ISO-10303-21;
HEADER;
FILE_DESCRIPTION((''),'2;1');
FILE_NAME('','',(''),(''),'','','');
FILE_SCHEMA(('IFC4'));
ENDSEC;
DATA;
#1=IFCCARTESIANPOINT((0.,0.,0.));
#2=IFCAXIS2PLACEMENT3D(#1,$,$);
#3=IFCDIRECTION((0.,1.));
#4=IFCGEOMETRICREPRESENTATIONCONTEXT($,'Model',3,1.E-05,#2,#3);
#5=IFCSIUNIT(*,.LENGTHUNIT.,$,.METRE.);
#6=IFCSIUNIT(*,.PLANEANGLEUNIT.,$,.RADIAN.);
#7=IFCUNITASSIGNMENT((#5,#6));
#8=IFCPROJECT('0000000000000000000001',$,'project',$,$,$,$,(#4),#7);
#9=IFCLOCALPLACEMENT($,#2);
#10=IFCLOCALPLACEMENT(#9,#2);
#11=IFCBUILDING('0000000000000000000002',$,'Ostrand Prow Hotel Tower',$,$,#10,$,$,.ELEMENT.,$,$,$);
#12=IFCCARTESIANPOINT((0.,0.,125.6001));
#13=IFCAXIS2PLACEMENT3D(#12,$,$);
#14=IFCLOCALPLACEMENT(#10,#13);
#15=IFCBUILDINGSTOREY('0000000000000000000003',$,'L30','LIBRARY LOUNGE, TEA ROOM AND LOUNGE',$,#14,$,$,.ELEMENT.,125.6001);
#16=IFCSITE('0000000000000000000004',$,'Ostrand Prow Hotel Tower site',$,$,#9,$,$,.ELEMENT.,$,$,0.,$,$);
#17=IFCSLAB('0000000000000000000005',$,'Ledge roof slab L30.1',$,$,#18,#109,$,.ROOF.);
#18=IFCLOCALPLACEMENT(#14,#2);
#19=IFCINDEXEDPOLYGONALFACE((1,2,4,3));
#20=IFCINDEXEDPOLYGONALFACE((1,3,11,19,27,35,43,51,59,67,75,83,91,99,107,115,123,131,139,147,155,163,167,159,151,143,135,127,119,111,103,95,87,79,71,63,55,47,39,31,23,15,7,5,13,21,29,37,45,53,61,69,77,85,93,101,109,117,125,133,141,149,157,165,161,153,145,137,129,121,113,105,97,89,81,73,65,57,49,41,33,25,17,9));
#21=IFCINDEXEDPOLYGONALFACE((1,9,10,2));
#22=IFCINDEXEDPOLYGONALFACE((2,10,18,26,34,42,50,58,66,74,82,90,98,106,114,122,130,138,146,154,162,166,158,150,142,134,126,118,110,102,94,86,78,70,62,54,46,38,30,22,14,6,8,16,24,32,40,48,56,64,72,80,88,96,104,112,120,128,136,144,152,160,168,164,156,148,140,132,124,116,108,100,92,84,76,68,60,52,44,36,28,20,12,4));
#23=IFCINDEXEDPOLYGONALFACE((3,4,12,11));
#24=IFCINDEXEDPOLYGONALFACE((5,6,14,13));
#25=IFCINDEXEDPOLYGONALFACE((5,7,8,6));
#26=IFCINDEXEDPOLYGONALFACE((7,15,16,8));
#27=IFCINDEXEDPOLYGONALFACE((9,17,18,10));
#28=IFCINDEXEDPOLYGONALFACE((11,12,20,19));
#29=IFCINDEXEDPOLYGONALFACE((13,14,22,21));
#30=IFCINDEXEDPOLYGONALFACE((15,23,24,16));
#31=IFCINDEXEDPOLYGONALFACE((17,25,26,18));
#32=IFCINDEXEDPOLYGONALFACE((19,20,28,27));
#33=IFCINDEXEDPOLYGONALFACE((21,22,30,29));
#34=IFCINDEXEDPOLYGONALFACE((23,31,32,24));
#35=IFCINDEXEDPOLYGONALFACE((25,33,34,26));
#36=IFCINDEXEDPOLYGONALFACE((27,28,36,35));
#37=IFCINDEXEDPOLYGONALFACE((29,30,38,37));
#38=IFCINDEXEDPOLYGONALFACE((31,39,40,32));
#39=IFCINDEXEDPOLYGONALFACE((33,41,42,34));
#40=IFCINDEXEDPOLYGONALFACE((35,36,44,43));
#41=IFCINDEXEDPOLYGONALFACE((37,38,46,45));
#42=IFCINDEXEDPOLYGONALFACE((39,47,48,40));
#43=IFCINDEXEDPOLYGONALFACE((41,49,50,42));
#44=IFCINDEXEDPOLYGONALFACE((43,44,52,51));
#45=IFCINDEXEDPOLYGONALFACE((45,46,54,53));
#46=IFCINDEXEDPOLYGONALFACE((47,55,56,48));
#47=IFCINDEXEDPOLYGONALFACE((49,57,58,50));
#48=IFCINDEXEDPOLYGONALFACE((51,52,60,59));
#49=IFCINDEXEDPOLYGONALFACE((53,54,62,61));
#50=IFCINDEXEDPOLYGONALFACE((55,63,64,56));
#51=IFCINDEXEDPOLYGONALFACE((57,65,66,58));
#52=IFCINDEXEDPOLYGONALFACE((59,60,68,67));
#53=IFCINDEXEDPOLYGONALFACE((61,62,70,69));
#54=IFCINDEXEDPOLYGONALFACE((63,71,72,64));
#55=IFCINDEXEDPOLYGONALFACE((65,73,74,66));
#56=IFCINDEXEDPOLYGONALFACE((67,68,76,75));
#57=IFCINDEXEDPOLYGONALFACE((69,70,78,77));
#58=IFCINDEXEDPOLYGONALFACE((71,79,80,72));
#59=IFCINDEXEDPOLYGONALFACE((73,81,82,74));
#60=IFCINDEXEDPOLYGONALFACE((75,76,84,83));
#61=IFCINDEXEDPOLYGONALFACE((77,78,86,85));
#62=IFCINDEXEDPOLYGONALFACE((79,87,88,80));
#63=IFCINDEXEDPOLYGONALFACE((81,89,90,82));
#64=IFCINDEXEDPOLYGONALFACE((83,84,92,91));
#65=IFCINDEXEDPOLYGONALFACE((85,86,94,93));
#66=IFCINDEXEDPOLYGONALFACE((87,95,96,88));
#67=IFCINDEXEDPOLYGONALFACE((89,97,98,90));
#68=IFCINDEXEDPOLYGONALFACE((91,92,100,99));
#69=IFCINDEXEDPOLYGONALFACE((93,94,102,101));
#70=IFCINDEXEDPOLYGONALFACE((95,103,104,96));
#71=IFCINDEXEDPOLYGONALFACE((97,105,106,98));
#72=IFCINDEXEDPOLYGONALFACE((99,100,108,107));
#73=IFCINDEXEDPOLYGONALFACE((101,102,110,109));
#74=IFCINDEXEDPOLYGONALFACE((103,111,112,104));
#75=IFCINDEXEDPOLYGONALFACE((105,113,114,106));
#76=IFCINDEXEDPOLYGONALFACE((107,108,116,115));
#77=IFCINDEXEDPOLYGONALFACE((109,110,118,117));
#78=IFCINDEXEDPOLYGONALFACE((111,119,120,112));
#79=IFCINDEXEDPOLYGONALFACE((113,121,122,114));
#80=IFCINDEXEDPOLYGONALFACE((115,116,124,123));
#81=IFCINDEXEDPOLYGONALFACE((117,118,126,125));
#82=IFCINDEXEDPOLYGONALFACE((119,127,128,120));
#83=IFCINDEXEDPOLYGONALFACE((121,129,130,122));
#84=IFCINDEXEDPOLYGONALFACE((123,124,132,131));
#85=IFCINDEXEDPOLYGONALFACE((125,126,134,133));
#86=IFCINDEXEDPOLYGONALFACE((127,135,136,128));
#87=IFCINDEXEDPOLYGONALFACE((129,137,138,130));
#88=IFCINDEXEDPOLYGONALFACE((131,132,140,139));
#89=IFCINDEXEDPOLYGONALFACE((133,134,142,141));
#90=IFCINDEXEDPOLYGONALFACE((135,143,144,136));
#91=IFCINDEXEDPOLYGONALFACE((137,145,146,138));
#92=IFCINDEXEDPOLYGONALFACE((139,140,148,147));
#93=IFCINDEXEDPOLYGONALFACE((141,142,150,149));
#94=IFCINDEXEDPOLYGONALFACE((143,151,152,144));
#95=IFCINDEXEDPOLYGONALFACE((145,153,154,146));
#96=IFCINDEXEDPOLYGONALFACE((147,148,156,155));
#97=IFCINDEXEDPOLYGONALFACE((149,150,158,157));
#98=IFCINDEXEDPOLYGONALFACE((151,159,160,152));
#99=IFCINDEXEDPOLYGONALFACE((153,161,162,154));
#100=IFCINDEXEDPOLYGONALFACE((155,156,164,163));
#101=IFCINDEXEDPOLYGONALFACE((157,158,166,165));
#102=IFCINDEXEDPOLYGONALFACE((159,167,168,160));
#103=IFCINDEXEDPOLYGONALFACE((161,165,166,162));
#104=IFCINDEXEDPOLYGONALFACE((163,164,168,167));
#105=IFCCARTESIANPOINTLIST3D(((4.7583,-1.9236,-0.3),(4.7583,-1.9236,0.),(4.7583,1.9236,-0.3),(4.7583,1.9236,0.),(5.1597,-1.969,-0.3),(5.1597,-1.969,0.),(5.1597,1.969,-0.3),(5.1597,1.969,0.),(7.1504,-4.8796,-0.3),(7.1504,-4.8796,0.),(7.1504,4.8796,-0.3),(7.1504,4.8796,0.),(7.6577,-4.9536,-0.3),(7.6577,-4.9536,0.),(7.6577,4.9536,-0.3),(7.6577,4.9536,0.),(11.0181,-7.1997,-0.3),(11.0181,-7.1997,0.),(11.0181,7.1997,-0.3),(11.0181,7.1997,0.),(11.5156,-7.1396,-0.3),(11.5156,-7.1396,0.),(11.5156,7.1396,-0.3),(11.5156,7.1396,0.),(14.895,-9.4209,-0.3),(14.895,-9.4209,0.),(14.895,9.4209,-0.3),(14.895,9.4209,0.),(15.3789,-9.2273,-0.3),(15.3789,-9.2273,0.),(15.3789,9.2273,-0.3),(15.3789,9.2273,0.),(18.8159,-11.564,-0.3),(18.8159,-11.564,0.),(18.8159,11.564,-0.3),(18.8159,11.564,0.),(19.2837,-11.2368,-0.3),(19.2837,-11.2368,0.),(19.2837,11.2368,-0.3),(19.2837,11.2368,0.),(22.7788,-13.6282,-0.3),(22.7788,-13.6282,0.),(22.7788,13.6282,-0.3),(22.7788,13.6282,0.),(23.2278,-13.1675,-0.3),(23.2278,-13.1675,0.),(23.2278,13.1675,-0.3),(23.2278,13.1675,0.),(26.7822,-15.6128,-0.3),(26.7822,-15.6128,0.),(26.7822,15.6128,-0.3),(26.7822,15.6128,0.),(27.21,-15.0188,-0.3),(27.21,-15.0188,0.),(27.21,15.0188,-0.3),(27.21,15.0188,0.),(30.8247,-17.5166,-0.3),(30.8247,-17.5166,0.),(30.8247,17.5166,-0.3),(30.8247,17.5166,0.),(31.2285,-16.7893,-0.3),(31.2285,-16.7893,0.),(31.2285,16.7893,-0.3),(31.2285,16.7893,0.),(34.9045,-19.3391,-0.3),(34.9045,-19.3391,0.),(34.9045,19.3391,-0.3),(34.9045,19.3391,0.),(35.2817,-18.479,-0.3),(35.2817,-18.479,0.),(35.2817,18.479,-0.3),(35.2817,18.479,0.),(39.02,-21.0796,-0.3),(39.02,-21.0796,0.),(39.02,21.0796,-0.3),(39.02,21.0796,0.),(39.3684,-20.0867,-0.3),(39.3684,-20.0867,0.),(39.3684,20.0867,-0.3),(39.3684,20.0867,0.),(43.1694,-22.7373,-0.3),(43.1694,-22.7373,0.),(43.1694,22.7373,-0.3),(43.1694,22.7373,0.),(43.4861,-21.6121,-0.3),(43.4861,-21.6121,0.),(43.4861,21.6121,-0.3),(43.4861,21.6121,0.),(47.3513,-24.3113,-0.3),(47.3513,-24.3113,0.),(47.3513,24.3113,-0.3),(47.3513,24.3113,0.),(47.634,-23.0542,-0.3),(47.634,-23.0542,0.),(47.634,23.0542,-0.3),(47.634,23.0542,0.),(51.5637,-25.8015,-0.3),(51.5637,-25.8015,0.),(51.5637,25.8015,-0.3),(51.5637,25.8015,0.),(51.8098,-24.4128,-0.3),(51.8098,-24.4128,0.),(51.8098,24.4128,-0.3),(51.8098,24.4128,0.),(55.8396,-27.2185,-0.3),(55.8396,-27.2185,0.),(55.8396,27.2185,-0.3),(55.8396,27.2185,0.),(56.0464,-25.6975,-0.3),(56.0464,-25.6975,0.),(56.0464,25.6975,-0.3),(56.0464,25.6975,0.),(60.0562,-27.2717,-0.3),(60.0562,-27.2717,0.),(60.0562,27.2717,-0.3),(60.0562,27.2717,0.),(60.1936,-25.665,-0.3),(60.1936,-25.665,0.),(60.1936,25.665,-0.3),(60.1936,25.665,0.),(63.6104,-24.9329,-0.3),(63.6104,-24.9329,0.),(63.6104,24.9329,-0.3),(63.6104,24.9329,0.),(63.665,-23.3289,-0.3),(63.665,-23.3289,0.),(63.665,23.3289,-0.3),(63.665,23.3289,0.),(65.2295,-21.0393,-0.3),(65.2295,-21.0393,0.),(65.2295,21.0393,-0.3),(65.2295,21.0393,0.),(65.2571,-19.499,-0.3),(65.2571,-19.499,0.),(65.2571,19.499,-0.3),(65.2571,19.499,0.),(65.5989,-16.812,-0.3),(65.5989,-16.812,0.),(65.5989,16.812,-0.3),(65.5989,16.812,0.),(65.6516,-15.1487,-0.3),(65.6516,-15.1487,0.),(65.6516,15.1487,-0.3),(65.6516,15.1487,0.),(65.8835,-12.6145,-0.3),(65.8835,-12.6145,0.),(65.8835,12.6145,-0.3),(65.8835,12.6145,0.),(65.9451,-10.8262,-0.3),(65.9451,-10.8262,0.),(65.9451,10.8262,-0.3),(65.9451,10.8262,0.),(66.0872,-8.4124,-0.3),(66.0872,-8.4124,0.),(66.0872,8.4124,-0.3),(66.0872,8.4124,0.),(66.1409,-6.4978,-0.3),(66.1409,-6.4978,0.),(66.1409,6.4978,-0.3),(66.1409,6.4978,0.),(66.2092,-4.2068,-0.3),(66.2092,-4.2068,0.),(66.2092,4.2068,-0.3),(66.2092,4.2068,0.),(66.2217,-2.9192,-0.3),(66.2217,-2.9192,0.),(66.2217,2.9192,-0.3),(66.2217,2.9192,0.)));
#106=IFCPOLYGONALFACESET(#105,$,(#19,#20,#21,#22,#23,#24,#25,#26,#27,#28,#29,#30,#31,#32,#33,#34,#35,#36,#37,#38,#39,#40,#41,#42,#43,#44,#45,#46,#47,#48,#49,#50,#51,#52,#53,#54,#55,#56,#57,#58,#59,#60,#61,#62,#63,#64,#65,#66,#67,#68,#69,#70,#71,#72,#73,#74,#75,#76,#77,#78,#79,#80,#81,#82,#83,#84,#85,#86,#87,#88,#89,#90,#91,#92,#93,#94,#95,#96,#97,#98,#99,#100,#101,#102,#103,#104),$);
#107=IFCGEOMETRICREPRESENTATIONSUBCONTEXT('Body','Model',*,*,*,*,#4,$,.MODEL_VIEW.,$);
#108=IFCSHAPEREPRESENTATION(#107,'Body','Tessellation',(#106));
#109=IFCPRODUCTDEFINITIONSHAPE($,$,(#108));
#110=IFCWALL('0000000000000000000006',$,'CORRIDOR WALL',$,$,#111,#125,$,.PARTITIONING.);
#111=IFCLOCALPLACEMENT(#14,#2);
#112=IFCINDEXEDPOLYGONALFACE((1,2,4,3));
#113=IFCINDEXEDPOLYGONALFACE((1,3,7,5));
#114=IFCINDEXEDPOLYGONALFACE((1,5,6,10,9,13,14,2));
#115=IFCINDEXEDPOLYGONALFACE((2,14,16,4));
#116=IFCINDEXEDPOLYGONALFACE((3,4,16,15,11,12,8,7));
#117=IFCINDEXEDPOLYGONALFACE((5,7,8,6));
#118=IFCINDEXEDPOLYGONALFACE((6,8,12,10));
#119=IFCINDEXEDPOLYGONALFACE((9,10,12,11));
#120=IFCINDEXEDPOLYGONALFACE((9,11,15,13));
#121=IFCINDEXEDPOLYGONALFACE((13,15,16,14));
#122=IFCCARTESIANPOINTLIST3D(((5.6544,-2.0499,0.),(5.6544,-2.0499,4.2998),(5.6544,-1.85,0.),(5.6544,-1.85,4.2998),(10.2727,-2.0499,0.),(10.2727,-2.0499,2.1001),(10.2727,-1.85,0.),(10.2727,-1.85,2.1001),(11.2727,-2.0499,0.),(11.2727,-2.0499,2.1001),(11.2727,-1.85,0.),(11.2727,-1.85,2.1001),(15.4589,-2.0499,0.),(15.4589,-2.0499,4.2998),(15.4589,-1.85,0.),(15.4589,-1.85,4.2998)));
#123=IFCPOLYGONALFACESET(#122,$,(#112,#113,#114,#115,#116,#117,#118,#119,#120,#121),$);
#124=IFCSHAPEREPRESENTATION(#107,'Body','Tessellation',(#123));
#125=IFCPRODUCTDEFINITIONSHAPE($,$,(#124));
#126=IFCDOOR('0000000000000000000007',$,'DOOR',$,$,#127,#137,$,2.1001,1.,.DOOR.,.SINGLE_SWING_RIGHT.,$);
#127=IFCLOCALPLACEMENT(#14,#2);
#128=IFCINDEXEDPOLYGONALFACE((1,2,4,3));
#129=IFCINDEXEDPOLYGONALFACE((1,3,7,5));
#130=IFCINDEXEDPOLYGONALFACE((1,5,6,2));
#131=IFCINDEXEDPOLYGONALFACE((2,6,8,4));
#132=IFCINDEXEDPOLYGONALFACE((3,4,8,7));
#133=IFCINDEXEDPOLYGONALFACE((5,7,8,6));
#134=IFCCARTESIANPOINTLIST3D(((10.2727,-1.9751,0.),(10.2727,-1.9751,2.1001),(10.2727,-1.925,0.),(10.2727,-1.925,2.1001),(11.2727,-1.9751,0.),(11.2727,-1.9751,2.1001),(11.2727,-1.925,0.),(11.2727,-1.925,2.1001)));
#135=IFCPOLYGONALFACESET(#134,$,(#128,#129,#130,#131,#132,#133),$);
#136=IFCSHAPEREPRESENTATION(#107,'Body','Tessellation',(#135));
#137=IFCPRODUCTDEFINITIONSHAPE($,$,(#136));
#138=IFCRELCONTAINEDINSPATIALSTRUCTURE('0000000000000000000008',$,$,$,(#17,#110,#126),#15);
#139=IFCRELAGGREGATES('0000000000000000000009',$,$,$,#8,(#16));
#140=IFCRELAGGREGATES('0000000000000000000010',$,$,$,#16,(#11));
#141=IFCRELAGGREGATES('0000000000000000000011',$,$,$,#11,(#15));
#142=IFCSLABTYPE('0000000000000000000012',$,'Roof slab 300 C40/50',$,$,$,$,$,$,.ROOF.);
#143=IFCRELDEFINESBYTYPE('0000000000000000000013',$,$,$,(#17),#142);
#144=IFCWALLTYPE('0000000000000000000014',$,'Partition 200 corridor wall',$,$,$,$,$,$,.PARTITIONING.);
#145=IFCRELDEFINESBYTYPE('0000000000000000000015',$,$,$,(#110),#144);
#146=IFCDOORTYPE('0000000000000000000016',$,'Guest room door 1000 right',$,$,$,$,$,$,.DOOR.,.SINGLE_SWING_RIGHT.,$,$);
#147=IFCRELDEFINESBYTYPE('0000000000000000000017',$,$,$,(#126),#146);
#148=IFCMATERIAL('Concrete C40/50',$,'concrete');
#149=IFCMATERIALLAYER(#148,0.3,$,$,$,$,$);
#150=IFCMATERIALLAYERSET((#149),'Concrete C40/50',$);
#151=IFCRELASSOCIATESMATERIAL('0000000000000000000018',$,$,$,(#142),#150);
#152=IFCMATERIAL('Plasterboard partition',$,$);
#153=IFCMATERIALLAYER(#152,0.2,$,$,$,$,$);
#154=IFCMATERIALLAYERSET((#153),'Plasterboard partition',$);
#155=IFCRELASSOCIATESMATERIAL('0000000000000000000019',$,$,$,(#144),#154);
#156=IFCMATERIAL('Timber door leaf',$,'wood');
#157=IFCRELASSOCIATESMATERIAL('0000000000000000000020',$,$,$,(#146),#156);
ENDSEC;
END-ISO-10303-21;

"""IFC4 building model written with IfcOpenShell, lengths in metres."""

from ifc_helpers import new_model, si_unit, direction, frame, frame_2d, origin, place, context, subcontext, project, spatial, polyline, rectangle, outline, extrude, material, layer, layer_set, type_object, element, fill, save


model = new_model("IFC4")

# Units and contexts
model_context = context("Model", 3, precision=1e-05, world=origin(), true_north=direction((0.0, 1.0)))
body_context = subcontext(model_context, "Body", "Model", "MODEL_VIEW")
ifc_project = project(units=[si_unit("LENGTHUNIT", "METRE"), si_unit("PLANEANGLEUNIT", "RADIAN")], contexts=[model_context])

# Site, building, storey
site_placement = place(None, origin())
site = spatial("IfcSite", under=ifc_project, at=site_placement, Name="Ostrand Prow Hotel Tower site", CompositionType="ELEMENT", RefElevation=0.0)
building_placement = place(site_placement, origin())
building = spatial("IfcBuilding", under=site, at=building_placement, Name="Ostrand Prow Hotel Tower", CompositionType="ELEMENT")
storey_placement = place(building_placement, frame((0.0, 0.0, 125.6001)))
storey = spatial("IfcBuildingStorey", under=building, at=storey_placement, Name="L30", Description="LIBRARY LOUNGE, TEA ROOM AND LOUNGE", CompositionType="ELEMENT", Elevation=125.6001)

# Slab
ifc_material_1 = material(Name="Concrete C40/50", Category="concrete")
ifc_layer_1 = layer(ifc_material_1, 0.3)
ifc_layer_set_1 = layer_set([ifc_layer_1], Name="Concrete C40/50")
slab_type_1 = type_object("IfcSlabType", Name="Roof slab 300 C40/50", PredefinedType="ROOF", material=ifc_layer_set_1)
slab_1_placement = place(storey_placement, frame((0.0, 0.0, -0.3)))
element("IfcSlab", 1, at=slab_1_placement, inside=storey, type_object=slab_type_1, Name="Ledge roof slab L30.1", PredefinedType="ROOF", context=body_context, shape_type="SweptSolid", body=[
    extrude(outline(polyline([(11.0181, 7.1997), (14.895, 9.4209), (18.8159, 11.564), (22.7788, 13.6282), (26.7822, 15.6128), (30.8247, 17.5166), (34.9045, 19.3391), (39.02, 21.0796), (43.1694, 22.7373), (47.3513, 24.3113), (51.5637, 25.8015), (55.8396, 27.2185), (60.0562, 27.2717), (63.6104, 24.9329), (65.2295, 21.0393), (65.5989, 16.812), (65.8835, 12.6145), (66.0872, 8.4124), (66.2092, 4.2068), (66.2217, 2.9192), (66.1409, 6.4978), (65.9451, 10.8262), (65.6516, 15.1487), (65.2571, 19.499), (63.665, 23.3289), (60.1936, 25.665), (56.0464, 25.6975), (51.8098, 24.4128), (47.634, 23.0542), (43.4861, 21.6121), (39.3684, 20.0867), (35.2817, 18.479), (31.2285, 16.7893), (27.21, 15.0188), (23.2278, 13.1675), (19.2837, 11.2368), (15.3789, 9.2273), (11.5156, 7.1396), (7.6577, 4.9536), (5.1597, 1.969), (5.1597, -1.969), (7.6577, -4.9536), (11.5156, -7.1396), (15.3789, -9.2273), (19.2837, -11.2368), (23.2278, -13.1675), (27.21, -15.0188), (31.2285, -16.7893), (35.2817, -18.479), (39.3684, -20.0867), (43.4861, -21.6121), (47.634, -23.0542), (51.8098, -24.4128), (56.0464, -25.6975), (60.1936, -25.665), (63.665, -23.3289), (65.2571, -19.499), (65.6516, -15.1487), (65.9451, -10.8262), (66.1409, -6.4978), (66.2217, -2.9192), (66.2092, -4.2068), (66.0872, -8.4124), (65.8835, -12.6145), (65.5989, -16.812), (65.2295, -21.0393), (63.6104, -24.9329), (60.0562, -27.2717), (55.8396, -27.2185), (51.5637, -25.8015), (47.3513, -24.3113), (43.1694, -22.7373), (39.02, -21.0796), (34.9045, -19.3391), (30.8247, -17.5166), (26.7822, -15.6128), (22.7788, -13.6282), (18.8159, -11.564), (14.895, -9.4209), (11.0181, -7.1997), (7.1504, -4.8796), (4.7583, -1.9236), (4.7583, 1.9236), (7.1504, 4.8796), (11.0181, 7.1997)])), origin(), (0.0, 0.0, 1.0), 0.3),
])

# Wall, opening, door
ifc_material_2 = material(Name="Plasterboard partition")
ifc_layer_2 = layer(ifc_material_2, 0.2)
ifc_layer_set_2 = layer_set([ifc_layer_2], Name="Plasterboard partition")
wall_type_1 = type_object("IfcWallType", Name="Partition 200 corridor wall", PredefinedType="PARTITIONING", material=ifc_layer_set_2)
wall_1_placement = place(storey_placement, frame((5.6543, -1.95, 0.0), z_axis=(0.0, 0.0, 1.0), x_axis=(1.0, 0.0, 0.0)))
wall_1 = element("IfcWall", 2, at=wall_1_placement, inside=storey, type_object=wall_type_1, Name="CORRIDOR WALL", PredefinedType="PARTITIONING", context=body_context, shape_type="SweptSolid", body=[
    extrude(rectangle(XDim=9.8044, YDim=0.2, at=frame_2d((4.9023, 0.0))), origin(), (0.0, 0.0, 1.0), 4.2998),
])
opening_1_placement = place(wall_1_placement, frame((4.6184, 0.0, 0.0)))
opening_1 = element("IfcOpeningElement", 3, at=opening_1_placement, cuts=wall_1, PredefinedType="OPENING", context=body_context, shape_type="SweptSolid", body=[
    extrude(rectangle(XDim=1.0, YDim=2.1001, at=frame_2d((0.5, 1.05))), frame((0.0, 0.1099, 0.0), z_axis=(0.0, -1.0, 0.0), x_axis=(1.0, 0.0, 0.0)), (0.0, 0.0, 1.0), 0.22),
])
ifc_material_3 = material(Name="Timber door leaf", Category="wood")
door_type = type_object("IfcDoorType", Name="Guest room door 1000 right", OperationType="SINGLE_SWING_RIGHT", PredefinedType="DOOR", material=ifc_material_3)
door_placement = place(opening_1_placement, origin())
door = element("IfcDoor", 4, at=door_placement, inside=storey, type_object=door_type, Name="DOOR", OperationType="SINGLE_SWING_RIGHT", OverallHeight=2.1001, OverallWidth=1.0, PredefinedType="DOOR", context=body_context, shape_type="SweptSolid", body=[
    extrude(rectangle(XDim=1.0, YDim=2.1001, at=frame_2d((0.5, 1.05))), frame((0.0, 0.0249, 0.0), z_axis=(0.0, -1.0, 0.0), x_axis=(1.0, 0.0, 0.0)), (0.0, 0.0, 1.0), 0.05),
])
fill(opening_1, door)

save(model, "model.ifc")
